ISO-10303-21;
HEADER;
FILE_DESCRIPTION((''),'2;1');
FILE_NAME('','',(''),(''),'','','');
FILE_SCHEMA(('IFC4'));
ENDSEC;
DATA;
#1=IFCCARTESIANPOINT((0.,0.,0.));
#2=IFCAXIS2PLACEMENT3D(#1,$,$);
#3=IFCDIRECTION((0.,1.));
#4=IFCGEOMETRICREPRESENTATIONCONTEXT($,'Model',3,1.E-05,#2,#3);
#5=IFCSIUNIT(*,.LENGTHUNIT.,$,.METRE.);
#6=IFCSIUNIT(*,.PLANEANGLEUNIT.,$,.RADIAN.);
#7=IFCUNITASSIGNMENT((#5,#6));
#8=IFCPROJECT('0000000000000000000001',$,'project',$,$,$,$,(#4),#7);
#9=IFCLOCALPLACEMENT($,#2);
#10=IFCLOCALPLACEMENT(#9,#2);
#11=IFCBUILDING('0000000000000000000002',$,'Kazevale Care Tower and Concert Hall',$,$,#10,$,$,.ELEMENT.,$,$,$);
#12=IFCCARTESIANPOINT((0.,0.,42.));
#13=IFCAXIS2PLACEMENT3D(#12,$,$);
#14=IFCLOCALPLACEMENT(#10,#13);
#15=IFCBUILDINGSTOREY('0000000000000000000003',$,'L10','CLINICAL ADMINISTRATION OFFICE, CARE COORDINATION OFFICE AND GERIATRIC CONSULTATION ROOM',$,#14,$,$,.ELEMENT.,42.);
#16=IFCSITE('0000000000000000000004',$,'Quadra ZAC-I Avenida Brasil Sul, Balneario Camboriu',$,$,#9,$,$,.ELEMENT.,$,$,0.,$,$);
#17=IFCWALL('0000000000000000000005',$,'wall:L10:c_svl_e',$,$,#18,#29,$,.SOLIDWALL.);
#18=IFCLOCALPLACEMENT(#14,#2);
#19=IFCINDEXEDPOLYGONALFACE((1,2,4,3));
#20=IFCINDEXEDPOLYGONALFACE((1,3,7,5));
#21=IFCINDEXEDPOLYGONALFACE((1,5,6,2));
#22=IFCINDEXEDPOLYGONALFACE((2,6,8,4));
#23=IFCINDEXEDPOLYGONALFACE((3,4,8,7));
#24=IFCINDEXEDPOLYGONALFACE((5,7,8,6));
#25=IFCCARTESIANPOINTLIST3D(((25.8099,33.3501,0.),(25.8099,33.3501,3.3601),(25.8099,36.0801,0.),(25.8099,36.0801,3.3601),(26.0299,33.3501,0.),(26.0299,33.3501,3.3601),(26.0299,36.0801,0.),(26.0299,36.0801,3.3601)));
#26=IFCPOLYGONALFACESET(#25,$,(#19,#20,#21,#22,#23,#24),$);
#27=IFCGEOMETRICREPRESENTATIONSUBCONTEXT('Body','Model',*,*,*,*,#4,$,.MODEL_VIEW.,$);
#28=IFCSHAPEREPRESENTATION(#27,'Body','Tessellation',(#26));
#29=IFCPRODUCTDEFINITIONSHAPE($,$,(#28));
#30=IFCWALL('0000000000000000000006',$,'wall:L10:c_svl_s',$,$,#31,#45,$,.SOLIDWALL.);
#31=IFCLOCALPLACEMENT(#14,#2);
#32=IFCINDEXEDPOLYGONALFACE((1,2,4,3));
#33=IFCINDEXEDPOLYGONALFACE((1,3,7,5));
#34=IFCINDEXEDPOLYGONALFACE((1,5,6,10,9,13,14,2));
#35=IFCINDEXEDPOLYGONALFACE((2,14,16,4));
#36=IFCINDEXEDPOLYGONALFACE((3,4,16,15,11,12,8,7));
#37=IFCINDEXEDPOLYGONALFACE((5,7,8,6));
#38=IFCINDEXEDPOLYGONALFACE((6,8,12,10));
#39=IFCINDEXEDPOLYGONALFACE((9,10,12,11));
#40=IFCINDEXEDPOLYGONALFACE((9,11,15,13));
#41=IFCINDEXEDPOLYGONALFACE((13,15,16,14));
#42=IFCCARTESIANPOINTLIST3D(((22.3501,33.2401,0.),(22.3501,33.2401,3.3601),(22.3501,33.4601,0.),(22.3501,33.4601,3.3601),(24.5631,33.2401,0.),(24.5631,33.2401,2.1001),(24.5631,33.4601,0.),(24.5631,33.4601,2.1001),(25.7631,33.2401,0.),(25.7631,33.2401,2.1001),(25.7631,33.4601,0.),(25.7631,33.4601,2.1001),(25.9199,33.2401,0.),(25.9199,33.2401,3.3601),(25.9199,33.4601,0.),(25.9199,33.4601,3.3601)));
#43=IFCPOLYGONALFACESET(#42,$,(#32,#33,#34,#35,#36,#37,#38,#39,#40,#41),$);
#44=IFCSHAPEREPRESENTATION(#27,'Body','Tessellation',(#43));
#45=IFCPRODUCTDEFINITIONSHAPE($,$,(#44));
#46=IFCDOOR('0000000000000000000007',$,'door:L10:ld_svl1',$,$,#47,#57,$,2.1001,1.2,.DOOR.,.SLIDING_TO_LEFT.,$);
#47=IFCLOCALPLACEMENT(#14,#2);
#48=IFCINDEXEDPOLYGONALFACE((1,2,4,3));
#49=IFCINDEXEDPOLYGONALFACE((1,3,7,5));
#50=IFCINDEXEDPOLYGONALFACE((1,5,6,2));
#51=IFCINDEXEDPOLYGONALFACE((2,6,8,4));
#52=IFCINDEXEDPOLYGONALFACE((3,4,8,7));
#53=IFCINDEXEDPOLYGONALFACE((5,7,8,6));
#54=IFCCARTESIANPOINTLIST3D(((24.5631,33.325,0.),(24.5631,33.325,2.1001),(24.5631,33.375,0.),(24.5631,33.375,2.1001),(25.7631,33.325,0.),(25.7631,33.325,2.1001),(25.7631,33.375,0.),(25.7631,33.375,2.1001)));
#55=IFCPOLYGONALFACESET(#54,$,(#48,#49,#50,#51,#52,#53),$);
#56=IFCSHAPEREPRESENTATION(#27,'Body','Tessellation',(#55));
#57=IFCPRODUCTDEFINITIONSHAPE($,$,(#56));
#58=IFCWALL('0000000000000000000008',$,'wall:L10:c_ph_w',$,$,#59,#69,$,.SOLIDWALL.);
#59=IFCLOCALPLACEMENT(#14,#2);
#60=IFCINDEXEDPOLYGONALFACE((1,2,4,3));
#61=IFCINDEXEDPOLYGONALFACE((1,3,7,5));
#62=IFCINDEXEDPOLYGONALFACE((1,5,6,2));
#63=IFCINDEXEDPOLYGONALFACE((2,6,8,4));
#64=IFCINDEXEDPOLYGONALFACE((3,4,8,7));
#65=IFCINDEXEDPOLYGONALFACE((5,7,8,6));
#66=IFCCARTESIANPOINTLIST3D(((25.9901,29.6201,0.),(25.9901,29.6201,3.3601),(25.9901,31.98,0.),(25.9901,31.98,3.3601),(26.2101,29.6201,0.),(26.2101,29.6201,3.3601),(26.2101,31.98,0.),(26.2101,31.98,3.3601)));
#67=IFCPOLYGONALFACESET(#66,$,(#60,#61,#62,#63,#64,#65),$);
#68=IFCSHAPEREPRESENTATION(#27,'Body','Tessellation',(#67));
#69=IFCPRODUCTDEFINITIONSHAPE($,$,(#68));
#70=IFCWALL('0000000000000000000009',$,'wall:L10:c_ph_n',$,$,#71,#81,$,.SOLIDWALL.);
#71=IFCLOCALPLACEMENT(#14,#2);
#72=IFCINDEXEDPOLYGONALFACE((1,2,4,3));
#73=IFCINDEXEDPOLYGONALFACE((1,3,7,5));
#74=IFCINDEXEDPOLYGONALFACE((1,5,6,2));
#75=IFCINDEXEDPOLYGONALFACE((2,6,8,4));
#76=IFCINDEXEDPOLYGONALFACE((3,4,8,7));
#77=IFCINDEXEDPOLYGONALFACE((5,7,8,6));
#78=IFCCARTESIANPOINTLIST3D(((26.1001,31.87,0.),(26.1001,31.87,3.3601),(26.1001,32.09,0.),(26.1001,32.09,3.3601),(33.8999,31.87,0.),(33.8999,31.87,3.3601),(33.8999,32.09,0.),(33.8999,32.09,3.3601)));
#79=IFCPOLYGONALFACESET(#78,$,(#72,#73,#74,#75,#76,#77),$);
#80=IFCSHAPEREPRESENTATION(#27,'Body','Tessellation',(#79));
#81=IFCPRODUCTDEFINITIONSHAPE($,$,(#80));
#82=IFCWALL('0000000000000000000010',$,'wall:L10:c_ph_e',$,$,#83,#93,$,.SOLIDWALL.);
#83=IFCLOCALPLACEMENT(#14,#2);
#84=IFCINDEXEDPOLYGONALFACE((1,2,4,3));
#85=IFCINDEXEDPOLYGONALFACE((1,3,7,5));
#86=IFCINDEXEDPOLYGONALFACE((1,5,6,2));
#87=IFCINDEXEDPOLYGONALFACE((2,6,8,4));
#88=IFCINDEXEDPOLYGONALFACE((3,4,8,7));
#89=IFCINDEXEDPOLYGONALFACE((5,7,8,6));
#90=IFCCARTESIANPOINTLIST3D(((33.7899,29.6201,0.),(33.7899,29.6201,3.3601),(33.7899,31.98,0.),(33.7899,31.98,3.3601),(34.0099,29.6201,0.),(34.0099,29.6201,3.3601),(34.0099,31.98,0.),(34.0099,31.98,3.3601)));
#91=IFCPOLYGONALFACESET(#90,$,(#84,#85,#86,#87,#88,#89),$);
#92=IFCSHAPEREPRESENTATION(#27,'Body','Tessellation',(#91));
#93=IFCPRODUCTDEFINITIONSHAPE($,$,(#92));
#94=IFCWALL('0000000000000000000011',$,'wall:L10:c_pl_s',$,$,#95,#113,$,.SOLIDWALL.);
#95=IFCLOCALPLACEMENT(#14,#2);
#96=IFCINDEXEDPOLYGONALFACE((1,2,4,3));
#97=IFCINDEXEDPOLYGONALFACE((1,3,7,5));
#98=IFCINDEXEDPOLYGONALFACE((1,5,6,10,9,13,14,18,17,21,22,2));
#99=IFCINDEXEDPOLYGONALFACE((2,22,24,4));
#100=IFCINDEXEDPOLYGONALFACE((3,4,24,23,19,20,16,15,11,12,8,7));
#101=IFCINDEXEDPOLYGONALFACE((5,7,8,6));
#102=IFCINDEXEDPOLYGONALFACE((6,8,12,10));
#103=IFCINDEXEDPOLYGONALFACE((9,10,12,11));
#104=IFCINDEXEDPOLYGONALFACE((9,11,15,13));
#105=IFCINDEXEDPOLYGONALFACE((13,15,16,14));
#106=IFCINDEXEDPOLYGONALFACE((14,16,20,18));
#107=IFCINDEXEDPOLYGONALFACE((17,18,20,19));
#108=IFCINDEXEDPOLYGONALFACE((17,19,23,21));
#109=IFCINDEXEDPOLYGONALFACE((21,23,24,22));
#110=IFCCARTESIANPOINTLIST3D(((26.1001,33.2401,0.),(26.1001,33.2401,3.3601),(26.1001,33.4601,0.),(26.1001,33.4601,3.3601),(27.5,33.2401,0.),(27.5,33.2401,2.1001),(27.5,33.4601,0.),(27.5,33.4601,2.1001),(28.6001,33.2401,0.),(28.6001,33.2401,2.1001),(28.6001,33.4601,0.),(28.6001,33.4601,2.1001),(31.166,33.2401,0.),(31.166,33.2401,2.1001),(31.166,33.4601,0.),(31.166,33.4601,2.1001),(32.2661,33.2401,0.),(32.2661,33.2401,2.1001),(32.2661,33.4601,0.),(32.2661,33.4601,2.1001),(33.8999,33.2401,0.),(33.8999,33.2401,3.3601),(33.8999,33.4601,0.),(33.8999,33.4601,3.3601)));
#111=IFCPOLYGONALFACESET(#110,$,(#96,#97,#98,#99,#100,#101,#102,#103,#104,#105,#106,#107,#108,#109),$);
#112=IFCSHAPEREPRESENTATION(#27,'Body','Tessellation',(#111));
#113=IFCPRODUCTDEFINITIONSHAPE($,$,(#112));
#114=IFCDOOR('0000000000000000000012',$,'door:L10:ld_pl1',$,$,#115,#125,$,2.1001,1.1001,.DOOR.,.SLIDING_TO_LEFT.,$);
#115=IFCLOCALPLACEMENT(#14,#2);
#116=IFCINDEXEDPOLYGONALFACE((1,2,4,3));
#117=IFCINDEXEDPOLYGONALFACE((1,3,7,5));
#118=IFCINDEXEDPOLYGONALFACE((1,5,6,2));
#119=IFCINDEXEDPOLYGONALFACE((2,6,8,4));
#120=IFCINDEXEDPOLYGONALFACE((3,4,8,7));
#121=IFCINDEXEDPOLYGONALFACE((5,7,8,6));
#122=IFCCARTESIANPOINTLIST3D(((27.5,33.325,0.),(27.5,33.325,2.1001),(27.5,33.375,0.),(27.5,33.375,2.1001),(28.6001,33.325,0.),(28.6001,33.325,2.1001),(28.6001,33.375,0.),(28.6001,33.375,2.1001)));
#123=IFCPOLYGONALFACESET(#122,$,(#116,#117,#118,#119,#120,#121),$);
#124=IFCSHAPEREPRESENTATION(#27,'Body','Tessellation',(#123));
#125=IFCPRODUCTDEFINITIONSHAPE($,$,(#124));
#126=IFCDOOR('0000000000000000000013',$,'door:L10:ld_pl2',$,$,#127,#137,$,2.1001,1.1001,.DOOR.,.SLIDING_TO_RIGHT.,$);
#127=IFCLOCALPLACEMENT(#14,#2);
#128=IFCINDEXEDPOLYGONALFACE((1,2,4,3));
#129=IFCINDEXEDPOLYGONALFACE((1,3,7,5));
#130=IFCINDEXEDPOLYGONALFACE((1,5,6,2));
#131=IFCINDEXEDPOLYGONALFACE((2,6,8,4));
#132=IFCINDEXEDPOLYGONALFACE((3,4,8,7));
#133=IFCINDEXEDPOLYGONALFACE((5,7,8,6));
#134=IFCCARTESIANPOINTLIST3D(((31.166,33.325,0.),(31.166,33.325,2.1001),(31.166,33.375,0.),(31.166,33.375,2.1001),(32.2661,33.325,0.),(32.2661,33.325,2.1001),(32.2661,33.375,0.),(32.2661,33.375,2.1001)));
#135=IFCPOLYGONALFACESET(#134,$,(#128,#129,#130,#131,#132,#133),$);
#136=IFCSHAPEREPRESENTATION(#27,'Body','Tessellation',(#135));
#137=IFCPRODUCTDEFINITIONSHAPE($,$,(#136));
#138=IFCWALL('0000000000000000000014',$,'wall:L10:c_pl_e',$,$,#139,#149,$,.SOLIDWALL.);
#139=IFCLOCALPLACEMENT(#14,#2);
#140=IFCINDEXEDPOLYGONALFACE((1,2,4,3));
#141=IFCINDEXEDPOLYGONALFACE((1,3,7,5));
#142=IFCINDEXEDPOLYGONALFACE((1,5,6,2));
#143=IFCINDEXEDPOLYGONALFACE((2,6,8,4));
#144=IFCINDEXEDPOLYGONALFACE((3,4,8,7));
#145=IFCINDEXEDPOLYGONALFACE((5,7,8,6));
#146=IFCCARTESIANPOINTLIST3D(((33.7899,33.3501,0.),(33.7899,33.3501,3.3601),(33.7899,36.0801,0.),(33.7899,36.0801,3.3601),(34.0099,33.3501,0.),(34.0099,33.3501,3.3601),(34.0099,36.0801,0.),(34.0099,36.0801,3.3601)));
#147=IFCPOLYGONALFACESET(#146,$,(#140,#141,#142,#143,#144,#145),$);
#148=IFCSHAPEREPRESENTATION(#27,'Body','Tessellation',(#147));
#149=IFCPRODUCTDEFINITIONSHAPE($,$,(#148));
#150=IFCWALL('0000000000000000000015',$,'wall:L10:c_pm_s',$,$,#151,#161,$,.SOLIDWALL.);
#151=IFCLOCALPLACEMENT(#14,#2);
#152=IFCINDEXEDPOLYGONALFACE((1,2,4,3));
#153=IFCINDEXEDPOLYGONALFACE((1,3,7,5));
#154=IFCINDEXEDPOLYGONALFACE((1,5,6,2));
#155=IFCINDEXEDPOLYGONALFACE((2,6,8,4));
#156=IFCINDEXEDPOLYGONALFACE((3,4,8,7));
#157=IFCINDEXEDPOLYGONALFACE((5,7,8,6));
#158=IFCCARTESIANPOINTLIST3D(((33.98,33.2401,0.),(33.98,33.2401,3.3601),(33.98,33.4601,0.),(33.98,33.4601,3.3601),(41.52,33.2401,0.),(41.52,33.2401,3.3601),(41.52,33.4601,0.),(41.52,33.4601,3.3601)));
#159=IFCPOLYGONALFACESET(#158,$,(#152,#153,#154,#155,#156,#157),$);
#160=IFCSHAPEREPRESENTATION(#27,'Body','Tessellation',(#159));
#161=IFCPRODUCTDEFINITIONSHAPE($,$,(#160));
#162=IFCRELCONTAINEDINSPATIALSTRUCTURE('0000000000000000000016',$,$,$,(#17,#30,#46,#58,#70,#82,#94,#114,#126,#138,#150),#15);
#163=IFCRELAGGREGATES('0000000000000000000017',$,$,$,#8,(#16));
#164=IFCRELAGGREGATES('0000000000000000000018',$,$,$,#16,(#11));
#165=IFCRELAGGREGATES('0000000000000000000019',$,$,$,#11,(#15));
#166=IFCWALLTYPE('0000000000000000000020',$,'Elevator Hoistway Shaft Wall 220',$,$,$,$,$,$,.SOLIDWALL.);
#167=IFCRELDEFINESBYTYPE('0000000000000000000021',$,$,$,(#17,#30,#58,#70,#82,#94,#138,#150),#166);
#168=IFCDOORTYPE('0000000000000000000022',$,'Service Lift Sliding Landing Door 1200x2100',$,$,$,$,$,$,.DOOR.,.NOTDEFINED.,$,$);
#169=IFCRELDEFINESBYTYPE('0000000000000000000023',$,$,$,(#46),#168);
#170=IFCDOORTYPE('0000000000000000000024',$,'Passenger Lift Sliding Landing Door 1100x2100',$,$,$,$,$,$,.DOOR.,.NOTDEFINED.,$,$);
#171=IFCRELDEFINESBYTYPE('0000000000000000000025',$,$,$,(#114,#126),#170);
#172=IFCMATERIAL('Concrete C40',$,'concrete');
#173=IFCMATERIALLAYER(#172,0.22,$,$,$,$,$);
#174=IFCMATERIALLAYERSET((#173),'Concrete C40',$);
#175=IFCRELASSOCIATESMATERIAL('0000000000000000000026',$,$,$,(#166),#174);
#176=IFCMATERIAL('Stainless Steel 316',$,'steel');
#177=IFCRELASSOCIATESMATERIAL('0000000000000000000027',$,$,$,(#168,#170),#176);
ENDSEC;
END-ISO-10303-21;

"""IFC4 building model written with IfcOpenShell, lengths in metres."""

from ifc_helpers import new_model, si_unit, direction, frame, frame_2d, origin, place, context, subcontext, project, spatial, rectangle, extrude, material, layer, layer_set, type_object, element, fill, save


model = new_model("IFC4")

# Units and contexts
model_context = context("Model", 3, precision=1e-05, world=origin(), true_north=direction((0.0, 1.0)))
body_context = subcontext(model_context, "Body", "Model", "MODEL_VIEW")
ifc_project = project(units=[si_unit("LENGTHUNIT", "METRE"), si_unit("PLANEANGLEUNIT", "RADIAN")], contexts=[model_context])

# Site, building, storey
site_placement = place(None, origin())
site = spatial("IfcSite", under=ifc_project, at=site_placement, Name="Quadra ZAC-I Avenida Brasil Sul, Balneario Camboriu", CompositionType="ELEMENT", RefElevation=0.0)
building_placement = place(site_placement, origin())
building = spatial("IfcBuilding", under=site, at=building_placement, Name="Kazevale Care Tower and Concert Hall", CompositionType="ELEMENT")
storey_placement = place(building_placement, frame((0.0, 0.0, 42.0)))
storey = spatial("IfcBuildingStorey", under=building, at=storey_placement, Name="L10", Description="CLINICAL ADMINISTRATION OFFICE, CARE COORDINATION OFFICE AND GERIATRIC CONSULTATION ROOM", CompositionType="ELEMENT", Elevation=42.0)

# Wall
ifc_material_1 = material(Name="Concrete C40", Category="concrete")
ifc_layer_1 = layer(ifc_material_1, 0.22)
ifc_layer_set_1 = layer_set([ifc_layer_1], Name="Concrete C40")
wall_type_1 = type_object("IfcWallType", Name="Elevator Hoistway Shaft Wall 220", PredefinedType="SOLIDWALL", material=ifc_layer_set_1)
wall_1_placement = place(storey_placement, frame((25.9199, 33.3501, 0.0), z_axis=(0.0, 0.0, 1.0), x_axis=(0.0, 1.0, 0.0)))
element("IfcWall", 1, at=wall_1_placement, inside=storey, type_object=wall_type_1, Name="wall:L10:c_svl_e", PredefinedType="SOLIDWALL", context=body_context, shape_type="SweptSolid", body=[
    extrude(rectangle(XDim=2.73, YDim=0.22, at=frame_2d((1.365, 0.0))), origin(), (0.0, 0.0, 1.0), 3.3601),
])

# Wall, opening, door
wall_2_placement = place(storey_placement, frame((22.3501, 33.3501, 0.0), z_axis=(0.0, 0.0, 1.0), x_axis=(1.0, 0.0, 0.0)))
wall_2 = element("IfcWall", 2, at=wall_2_placement, inside=storey, type_object=wall_type_1, Name="wall:L10:c_svl_s", PredefinedType="SOLIDWALL", context=body_context, shape_type="SweptSolid", body=[
    extrude(rectangle(XDim=3.5698, YDim=0.22, at=frame_2d((1.7849, 0.0))), origin(), (0.0, 0.0, 1.0), 3.3601),
])
opening_1_placement = place(wall_2_placement, frame((2.2129, 0.0, 0.0)))
opening_1 = element("IfcOpeningElement", 3, at=opening_1_placement, cuts=wall_2, PredefinedType="OPENING", context=body_context, shape_type="SweptSolid", body=[
    extrude(rectangle(XDim=1.2, YDim=2.1001, at=frame_2d((0.6001, 1.05))), frame((0.0, 0.1199, 0.0), z_axis=(0.0, -1.0, 0.0), x_axis=(1.0, 0.0, 0.0)), (0.0, 0.0, 1.0), 0.24),
])
ifc_material_2 = material(Name="Stainless Steel 316", Category="steel")
door_type_1 = type_object("IfcDoorType", Name="Service Lift Sliding Landing Door 1200x2100", OperationType="NOTDEFINED", PredefinedType="DOOR", material=ifc_material_2)
door_1_placement = place(opening_1_placement, origin())
door_1 = element("IfcDoor", 4, at=door_1_placement, inside=storey, type_object=door_type_1, Name="door:L10:ld_svl1", OperationType="SLIDING_TO_LEFT", OverallHeight=2.1001, OverallWidth=1.2, PredefinedType="DOOR", context=body_context, shape_type="SweptSolid", body=[
    extrude(rectangle(XDim=1.2, YDim=2.1001, at=frame_2d((0.6001, 1.05))), frame((0.0, 0.0249, 0.0), z_axis=(0.0, -1.0, 0.0), x_axis=(1.0, 0.0, 0.0)), (0.0, 0.0, 1.0), 0.05),
])
fill(opening_1, door_1)

# Walls
wall_3_placement = place(storey_placement, frame((26.1001, 29.6201, 0.0), z_axis=(0.0, 0.0, 1.0), x_axis=(0.0, 1.0, 0.0)))
element("IfcWall", 5, at=wall_3_placement, inside=storey, type_object=wall_type_1, Name="wall:L10:c_ph_w", PredefinedType="SOLIDWALL", context=body_context, shape_type="SweptSolid", body=[
    extrude(rectangle(XDim=2.3599, YDim=0.22, at=frame_2d((1.1799, 0.0))), origin(), (0.0, 0.0, 1.0), 3.3601),
])
wall_4_placement = place(storey_placement, frame((26.1001, 31.98, 0.0), z_axis=(0.0, 0.0, 1.0), x_axis=(1.0, 0.0, 0.0)))
element("IfcWall", 6, at=wall_4_placement, inside=storey, type_object=wall_type_1, Name="wall:L10:c_ph_n", PredefinedType="SOLIDWALL", context=body_context, shape_type="SweptSolid", body=[
    extrude(rectangle(XDim=7.7998, YDim=0.22, at=frame_2d((3.8999, 0.0))), origin(), (0.0, 0.0, 1.0), 3.3601),
])
wall_5_placement = place(storey_placement, frame((33.8999, 29.6201, 0.0), z_axis=(0.0, 0.0, 1.0), x_axis=(0.0, 1.0, 0.0)))
element("IfcWall", 7, at=wall_5_placement, inside=storey, type_object=wall_type_1, Name="wall:L10:c_ph_e", PredefinedType="SOLIDWALL", context=body_context, shape_type="SweptSolid", body=[
    extrude(rectangle(XDim=2.3599, YDim=0.22, at=frame_2d((1.1799, 0.0))), origin(), (0.0, 0.0, 1.0), 3.3601),
])

# Wall, openings, doors
wall_6_placement = place(storey_placement, frame((26.1001, 33.3501, 0.0), z_axis=(0.0, 0.0, 1.0), x_axis=(1.0, 0.0, 0.0)))
wall_6 = element("IfcWall", 8, at=wall_6_placement, inside=storey, type_object=wall_type_1, Name="wall:L10:c_pl_s", PredefinedType="SOLIDWALL", context=body_context, shape_type="SweptSolid", body=[
    extrude(rectangle(XDim=7.7998, YDim=0.22, at=frame_2d((3.8999, 0.0))), origin(), (0.0, 0.0, 1.0), 3.3601),
])
opening_2_placement = place(wall_6_placement, frame((1.3999, 0.0, 0.0)))
opening_2 = element("IfcOpeningElement", 9, at=opening_2_placement, cuts=wall_6, PredefinedType="OPENING", context=body_context, shape_type="SweptSolid", body=[
    extrude(rectangle(XDim=1.1001, YDim=2.1001, at=frame_2d((0.55, 1.05))), frame((0.0, 0.1199, 0.0), z_axis=(0.0, -1.0, 0.0), x_axis=(1.0, 0.0, 0.0)), (0.0, 0.0, 1.0), 0.24),
])
opening_3_placement = place(wall_6_placement, frame((5.0659, 0.0, 0.0)))
opening_3 = element("IfcOpeningElement", 10, at=opening_3_placement, cuts=wall_6, PredefinedType="OPENING", context=body_context, shape_type="SweptSolid", body=[
    extrude(rectangle(XDim=1.1001, YDim=2.1001, at=frame_2d((0.55, 1.05))), frame((0.0, 0.1199, 0.0), z_axis=(0.0, -1.0, 0.0), x_axis=(1.0, 0.0, 0.0)), (0.0, 0.0, 1.0), 0.24),
])
door_type_2 = type_object("IfcDoorType", Name="Passenger Lift Sliding Landing Door 1100x2100", OperationType="NOTDEFINED", PredefinedType="DOOR", material=ifc_material_2)
door_2_placement = place(opening_2_placement, origin())
door_2 = element("IfcDoor", 11, at=door_2_placement, inside=storey, type_object=door_type_2, Name="door:L10:ld_pl1", OperationType="SLIDING_TO_LEFT", OverallHeight=2.1001, OverallWidth=1.1001, PredefinedType="DOOR", context=body_context, shape_type="SweptSolid", body=[
    extrude(rectangle(XDim=1.1001, YDim=2.1001, at=frame_2d((0.55, 1.05))), frame((0.0, 0.0249, 0.0), z_axis=(0.0, -1.0, 0.0), x_axis=(1.0, 0.0, 0.0)), (0.0, 0.0, 1.0), 0.05),
])
fill(opening_2, door_2)
door_3_placement = place(opening_3_placement, origin())
door_3 = element("IfcDoor", 12, at=door_3_placement, inside=storey, type_object=door_type_2, Name="door:L10:ld_pl2", OperationType="SLIDING_TO_RIGHT", OverallHeight=2.1001, OverallWidth=1.1001, PredefinedType="DOOR", context=body_context, shape_type="SweptSolid", body=[
    extrude(rectangle(XDim=1.1001, YDim=2.1001, at=frame_2d((0.55, 1.05))), frame((0.0, 0.0249, 0.0), z_axis=(0.0, -1.0, 0.0), x_axis=(1.0, 0.0, 0.0)), (0.0, 0.0, 1.0), 0.05),
])
fill(opening_3, door_3)

# Walls
wall_7_placement = place(storey_placement, frame((33.8999, 33.3501, 0.0), z_axis=(0.0, 0.0, 1.0), x_axis=(0.0, 1.0, 0.0)))
element("IfcWall", 13, at=wall_7_placement, inside=storey, type_object=wall_type_1, Name="wall:L10:c_pl_e", PredefinedType="SOLIDWALL", context=body_context, shape_type="SweptSolid", body=[
    extrude(rectangle(XDim=2.73, YDim=0.22, at=frame_2d((1.365, 0.0))), origin(), (0.0, 0.0, 1.0), 3.3601),
])
wall_8_placement = place(storey_placement, frame((33.98, 33.3501, 0.0), z_axis=(0.0, 0.0, 1.0), x_axis=(1.0, 0.0, 0.0)))
element("IfcWall", 14, at=wall_8_placement, inside=storey, type_object=wall_type_1, Name="wall:L10:c_pm_s", PredefinedType="SOLIDWALL", context=body_context, shape_type="SweptSolid", body=[
    extrude(rectangle(XDim=7.54, YDim=0.22, at=frame_2d((3.77, 0.0))), origin(), (0.0, 0.0, 1.0), 3.3601),
])

save(model, "model.ifc")
